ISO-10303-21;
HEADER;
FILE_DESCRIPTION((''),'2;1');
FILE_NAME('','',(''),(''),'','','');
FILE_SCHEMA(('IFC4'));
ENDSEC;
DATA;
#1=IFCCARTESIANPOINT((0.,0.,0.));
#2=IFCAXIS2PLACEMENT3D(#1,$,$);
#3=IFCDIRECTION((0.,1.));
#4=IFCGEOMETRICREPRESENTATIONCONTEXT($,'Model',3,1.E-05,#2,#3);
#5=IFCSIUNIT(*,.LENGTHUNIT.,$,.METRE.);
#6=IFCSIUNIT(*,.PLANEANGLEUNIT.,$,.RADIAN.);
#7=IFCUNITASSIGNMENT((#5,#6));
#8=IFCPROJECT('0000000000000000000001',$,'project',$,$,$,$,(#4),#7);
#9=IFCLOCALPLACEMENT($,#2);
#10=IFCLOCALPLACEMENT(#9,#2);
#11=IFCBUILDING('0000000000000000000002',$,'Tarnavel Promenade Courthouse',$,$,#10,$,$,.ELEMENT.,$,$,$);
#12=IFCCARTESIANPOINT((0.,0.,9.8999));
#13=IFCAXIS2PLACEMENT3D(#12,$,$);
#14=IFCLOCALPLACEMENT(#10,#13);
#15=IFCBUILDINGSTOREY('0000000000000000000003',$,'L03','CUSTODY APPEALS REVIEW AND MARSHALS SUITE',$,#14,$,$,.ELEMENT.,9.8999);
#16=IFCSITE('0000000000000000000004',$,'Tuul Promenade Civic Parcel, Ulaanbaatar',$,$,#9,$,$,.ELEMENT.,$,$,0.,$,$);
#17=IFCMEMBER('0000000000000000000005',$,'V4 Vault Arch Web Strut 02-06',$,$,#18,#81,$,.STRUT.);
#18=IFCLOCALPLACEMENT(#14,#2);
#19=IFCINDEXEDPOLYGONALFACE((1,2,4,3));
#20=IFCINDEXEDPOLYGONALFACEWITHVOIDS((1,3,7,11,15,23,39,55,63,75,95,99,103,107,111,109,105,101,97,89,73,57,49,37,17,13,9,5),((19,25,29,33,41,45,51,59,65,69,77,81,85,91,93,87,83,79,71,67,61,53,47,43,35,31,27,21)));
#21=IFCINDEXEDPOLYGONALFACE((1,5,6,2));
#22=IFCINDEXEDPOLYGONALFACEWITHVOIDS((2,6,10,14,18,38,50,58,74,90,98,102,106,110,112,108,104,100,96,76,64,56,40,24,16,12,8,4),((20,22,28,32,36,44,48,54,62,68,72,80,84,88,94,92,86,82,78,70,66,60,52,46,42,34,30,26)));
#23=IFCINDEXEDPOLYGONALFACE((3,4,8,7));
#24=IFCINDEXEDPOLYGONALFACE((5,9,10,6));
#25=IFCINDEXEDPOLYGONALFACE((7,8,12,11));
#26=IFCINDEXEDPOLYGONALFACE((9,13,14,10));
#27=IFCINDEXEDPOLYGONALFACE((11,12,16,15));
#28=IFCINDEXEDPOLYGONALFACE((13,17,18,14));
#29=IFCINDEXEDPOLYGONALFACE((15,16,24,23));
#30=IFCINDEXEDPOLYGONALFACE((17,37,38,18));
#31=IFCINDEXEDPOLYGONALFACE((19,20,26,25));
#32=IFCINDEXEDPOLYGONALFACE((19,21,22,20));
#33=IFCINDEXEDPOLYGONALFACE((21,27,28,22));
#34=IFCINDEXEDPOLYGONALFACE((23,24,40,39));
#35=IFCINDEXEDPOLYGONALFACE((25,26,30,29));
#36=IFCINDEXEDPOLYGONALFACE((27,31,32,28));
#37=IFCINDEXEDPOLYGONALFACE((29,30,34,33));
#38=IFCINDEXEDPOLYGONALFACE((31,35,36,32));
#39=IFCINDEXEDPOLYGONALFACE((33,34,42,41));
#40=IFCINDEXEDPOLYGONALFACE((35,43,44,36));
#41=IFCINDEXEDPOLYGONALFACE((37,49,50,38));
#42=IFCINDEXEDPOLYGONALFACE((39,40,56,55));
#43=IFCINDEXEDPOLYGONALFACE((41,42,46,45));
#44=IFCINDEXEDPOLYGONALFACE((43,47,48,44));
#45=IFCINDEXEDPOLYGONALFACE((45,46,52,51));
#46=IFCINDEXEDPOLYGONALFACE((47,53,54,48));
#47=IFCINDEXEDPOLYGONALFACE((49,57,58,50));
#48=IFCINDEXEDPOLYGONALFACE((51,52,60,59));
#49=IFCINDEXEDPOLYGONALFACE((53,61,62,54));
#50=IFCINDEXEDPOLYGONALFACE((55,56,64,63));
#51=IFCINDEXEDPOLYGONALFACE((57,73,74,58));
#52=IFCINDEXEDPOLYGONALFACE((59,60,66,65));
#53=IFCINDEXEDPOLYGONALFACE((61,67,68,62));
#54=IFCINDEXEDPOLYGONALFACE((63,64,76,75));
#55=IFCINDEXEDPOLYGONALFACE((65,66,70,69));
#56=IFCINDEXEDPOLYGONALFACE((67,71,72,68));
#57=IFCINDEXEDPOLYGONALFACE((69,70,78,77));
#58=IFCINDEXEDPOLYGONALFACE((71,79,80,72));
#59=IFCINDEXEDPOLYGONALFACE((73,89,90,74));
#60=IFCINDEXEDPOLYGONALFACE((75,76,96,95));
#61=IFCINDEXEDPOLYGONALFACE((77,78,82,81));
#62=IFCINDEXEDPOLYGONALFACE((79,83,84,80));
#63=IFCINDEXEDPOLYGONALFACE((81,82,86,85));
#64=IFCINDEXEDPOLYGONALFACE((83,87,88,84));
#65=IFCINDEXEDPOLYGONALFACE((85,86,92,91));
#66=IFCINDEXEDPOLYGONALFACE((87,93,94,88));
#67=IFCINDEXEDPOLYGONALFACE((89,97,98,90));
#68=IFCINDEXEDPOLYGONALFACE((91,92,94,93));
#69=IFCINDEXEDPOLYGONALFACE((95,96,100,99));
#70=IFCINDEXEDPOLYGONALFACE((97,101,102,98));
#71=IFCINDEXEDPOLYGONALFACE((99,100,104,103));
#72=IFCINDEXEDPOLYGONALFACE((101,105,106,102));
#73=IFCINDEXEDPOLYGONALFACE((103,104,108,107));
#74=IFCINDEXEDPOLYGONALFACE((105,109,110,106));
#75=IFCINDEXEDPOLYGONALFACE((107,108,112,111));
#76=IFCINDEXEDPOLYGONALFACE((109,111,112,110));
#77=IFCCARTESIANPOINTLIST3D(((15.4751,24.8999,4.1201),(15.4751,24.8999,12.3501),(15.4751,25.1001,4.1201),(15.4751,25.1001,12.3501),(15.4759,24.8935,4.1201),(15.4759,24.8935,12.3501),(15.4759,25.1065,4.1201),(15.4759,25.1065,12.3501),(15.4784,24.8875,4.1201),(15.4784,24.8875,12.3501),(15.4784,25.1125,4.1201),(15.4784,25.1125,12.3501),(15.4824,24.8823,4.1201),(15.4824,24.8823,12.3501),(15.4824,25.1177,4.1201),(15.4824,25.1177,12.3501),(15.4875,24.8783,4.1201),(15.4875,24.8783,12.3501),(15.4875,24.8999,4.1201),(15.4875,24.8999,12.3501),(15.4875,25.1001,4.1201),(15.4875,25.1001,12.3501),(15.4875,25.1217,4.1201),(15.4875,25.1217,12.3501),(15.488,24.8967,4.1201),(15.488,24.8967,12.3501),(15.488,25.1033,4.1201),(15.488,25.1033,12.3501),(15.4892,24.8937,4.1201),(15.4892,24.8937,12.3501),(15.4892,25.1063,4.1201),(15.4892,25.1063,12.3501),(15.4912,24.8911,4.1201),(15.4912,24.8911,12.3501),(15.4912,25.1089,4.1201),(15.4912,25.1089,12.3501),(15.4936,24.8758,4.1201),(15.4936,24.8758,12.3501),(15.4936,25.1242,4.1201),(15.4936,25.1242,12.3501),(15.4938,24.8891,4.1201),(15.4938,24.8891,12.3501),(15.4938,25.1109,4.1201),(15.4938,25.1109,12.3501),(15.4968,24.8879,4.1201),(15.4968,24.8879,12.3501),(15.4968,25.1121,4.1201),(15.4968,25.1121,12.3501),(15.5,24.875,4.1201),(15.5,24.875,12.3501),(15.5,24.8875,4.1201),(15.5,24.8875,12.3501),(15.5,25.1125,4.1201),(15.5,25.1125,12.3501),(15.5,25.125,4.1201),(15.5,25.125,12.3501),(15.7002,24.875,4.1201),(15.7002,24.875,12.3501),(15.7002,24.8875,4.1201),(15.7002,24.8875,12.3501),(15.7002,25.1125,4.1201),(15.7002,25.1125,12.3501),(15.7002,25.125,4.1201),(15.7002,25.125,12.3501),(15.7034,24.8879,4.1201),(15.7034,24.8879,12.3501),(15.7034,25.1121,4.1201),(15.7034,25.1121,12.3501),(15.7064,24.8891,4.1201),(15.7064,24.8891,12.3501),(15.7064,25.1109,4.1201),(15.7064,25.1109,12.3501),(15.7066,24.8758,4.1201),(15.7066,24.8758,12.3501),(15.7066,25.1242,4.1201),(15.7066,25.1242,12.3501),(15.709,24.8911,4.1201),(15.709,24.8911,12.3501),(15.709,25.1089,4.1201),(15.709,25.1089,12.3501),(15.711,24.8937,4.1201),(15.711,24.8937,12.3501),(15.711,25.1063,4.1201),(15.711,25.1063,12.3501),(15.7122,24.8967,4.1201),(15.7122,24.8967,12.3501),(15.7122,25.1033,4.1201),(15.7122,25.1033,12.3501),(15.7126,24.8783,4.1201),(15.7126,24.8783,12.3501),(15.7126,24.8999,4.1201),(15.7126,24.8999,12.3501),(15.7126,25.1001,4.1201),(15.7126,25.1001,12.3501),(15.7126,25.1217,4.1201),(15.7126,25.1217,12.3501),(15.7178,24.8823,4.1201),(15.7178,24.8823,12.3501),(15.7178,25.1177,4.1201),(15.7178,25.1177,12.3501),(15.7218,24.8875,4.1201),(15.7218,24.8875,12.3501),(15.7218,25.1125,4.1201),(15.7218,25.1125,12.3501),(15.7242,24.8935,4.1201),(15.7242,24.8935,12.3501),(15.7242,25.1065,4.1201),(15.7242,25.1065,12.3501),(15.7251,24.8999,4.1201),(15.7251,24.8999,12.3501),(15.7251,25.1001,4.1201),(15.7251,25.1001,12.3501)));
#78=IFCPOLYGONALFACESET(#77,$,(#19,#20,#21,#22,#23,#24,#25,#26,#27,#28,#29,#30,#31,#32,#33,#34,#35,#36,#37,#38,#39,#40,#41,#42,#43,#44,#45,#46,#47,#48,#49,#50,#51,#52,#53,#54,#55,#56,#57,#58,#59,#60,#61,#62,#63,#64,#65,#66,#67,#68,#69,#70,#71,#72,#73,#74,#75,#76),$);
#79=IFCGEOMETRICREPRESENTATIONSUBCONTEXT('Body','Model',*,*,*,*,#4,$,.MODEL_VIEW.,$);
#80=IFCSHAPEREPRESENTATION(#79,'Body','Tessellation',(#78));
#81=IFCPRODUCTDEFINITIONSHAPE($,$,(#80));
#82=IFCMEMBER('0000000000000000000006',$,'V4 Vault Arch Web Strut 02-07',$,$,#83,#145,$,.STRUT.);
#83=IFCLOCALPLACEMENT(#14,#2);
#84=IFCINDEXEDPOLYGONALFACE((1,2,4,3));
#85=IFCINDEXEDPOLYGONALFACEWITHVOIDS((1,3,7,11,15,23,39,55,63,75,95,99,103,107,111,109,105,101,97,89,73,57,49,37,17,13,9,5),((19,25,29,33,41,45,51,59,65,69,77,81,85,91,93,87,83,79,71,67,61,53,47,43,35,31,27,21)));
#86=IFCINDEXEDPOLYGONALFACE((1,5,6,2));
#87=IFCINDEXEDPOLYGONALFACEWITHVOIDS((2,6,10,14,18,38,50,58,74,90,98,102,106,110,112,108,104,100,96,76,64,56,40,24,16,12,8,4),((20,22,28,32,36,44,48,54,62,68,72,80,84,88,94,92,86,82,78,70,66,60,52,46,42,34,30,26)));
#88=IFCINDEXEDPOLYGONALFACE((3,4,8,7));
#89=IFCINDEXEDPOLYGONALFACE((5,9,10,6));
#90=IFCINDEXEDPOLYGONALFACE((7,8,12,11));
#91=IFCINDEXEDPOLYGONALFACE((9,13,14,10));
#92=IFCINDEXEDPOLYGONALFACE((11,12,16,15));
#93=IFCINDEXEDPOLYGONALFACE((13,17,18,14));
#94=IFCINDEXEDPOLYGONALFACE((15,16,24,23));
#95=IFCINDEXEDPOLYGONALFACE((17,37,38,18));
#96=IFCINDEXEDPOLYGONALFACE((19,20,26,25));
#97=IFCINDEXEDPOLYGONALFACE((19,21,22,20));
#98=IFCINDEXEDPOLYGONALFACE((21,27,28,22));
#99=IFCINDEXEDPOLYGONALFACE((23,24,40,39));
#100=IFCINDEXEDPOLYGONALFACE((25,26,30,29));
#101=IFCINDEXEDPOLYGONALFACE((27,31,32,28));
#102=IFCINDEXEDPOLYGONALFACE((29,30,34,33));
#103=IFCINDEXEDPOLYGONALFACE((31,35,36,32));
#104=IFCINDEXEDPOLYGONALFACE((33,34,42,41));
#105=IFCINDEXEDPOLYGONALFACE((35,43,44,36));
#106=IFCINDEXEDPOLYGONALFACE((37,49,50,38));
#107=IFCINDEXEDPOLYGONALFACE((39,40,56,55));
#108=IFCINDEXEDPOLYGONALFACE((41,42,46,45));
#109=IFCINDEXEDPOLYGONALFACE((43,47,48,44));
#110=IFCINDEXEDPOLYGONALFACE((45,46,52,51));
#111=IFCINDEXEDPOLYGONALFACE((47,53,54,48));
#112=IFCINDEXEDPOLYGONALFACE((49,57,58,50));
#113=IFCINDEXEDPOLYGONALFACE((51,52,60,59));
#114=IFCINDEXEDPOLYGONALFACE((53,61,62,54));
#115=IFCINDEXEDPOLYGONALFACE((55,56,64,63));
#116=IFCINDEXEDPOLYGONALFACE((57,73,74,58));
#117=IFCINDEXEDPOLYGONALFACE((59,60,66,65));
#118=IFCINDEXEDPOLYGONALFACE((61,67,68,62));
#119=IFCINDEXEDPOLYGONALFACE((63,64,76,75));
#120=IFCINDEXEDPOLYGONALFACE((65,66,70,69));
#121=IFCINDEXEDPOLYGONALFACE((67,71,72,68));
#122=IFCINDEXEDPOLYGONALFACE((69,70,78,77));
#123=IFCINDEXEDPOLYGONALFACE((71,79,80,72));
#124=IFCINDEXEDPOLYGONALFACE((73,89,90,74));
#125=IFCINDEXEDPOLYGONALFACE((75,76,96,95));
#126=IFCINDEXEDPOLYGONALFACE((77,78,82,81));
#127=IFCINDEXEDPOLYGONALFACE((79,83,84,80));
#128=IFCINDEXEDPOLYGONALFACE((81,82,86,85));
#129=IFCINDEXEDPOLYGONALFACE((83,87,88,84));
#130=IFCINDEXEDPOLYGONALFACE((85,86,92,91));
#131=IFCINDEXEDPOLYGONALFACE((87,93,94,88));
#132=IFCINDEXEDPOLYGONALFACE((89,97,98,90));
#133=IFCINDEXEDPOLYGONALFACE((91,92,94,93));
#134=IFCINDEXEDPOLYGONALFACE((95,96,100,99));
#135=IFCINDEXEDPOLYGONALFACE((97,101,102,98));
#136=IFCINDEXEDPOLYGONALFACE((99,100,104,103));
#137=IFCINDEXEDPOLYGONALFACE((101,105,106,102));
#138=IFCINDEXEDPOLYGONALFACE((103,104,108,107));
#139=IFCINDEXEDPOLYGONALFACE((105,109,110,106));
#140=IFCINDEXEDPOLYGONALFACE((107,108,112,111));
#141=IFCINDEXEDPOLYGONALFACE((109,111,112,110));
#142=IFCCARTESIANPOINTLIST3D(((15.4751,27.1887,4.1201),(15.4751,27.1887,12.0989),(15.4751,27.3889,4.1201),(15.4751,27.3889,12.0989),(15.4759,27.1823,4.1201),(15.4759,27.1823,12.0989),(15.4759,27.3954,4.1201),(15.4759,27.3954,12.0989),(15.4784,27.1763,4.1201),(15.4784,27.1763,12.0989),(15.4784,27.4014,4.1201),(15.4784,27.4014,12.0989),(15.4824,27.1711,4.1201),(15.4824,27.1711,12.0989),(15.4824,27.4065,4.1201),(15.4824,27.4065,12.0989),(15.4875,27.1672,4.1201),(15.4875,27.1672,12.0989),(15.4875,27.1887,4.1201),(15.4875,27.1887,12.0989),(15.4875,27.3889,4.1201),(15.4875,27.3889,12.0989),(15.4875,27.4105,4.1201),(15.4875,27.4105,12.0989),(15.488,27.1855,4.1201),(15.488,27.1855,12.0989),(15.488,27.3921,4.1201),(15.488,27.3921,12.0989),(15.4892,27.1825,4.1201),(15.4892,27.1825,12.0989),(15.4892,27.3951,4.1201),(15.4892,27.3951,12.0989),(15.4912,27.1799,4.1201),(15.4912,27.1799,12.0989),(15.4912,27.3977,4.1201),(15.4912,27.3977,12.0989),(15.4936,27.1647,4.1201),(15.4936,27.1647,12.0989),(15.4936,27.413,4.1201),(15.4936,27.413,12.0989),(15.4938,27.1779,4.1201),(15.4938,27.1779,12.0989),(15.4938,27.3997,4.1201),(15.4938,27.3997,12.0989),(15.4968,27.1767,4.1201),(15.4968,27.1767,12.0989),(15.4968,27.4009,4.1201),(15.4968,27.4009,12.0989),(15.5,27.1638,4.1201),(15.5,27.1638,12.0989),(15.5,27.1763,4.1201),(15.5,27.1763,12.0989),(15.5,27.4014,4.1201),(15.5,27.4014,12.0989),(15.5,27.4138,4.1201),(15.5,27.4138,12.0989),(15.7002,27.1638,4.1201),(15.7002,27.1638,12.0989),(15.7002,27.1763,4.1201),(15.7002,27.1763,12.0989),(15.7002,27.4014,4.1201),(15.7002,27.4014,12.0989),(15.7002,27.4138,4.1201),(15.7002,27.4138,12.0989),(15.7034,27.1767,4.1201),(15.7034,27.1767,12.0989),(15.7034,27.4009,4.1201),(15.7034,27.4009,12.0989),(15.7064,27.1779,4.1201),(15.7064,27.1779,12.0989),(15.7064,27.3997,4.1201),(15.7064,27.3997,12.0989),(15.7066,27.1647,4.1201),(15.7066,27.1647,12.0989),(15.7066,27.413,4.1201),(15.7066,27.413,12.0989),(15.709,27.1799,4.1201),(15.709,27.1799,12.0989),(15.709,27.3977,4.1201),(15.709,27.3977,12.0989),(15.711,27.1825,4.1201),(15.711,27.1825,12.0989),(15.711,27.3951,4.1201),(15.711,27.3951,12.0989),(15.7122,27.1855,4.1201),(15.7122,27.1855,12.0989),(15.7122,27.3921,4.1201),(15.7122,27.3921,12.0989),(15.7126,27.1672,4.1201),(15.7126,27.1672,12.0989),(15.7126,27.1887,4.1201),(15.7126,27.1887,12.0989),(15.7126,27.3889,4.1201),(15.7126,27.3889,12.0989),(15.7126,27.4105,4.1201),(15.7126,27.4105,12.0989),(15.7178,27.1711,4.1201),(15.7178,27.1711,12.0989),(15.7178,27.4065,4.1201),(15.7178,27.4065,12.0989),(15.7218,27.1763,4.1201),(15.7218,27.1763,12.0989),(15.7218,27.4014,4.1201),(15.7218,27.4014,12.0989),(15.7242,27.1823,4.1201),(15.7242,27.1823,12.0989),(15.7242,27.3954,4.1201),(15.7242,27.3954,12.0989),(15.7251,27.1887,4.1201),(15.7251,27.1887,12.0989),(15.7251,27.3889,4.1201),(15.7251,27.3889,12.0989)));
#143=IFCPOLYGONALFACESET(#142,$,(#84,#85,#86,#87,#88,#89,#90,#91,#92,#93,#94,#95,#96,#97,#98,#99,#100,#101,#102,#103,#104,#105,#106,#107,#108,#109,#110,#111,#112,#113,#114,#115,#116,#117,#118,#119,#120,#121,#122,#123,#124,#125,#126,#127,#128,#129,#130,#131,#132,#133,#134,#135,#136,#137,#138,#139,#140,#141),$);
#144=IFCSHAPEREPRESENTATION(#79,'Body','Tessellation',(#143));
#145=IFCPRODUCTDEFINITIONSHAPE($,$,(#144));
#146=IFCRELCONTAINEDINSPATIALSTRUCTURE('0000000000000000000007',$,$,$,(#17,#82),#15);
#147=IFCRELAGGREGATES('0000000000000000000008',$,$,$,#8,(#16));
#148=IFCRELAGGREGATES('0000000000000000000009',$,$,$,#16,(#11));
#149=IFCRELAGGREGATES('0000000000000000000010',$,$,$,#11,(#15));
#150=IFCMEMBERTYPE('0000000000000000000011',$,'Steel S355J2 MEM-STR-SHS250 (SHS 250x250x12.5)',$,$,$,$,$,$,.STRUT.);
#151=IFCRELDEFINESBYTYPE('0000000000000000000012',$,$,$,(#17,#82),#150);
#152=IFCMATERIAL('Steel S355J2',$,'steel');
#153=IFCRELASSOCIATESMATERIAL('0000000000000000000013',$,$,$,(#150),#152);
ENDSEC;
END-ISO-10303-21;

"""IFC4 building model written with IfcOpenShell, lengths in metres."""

from ifc_helpers import new_model, si_unit, direction, frame, origin, origin_2d, place, context, subcontext, project, spatial, hollow_rectangle, extrude, material, material_profile, profile_set, type_object, element, save


model = new_model("IFC4")

# Units and contexts
model_context = context("Model", 3, precision=1e-05, world=origin(), true_north=direction((0.0, 1.0)))
body_context = subcontext(model_context, "Body", "Model", "MODEL_VIEW")
ifc_project = project(units=[si_unit("LENGTHUNIT", "METRE"), si_unit("PLANEANGLEUNIT", "RADIAN")], contexts=[model_context])

# Site, building, storey
site_placement = place(None, origin())
site = spatial("IfcSite", under=ifc_project, at=site_placement, Name="Tuul Promenade Civic Parcel, Ulaanbaatar", CompositionType="ELEMENT", RefElevation=0.0)
building_placement = place(site_placement, origin())
building = spatial("IfcBuilding", under=site, at=building_placement, Name="Tarnavel Promenade Courthouse", CompositionType="ELEMENT")
storey_placement = place(building_placement, frame((0.0, 0.0, 9.8999)))
storey = spatial("IfcBuildingStorey", under=building, at=storey_placement, Name="L03", Description="CUSTODY APPEALS REVIEW AND MARSHALS SUITE", CompositionType="ELEMENT", Elevation=9.8999)

# Members
ifc_material_1 = material(Name="Steel S355J2", Category="steel")
ifc_material_profile = material_profile(ifc_material_1, hollow_rectangle(XDim=0.25, YDim=0.25, WallThickness=0.0125, InnerFilletRadius=0.0125, OuterFilletRadius=0.0249, at=origin_2d()), Name="SHS 250x250x12.5")
ifc_profile_set = profile_set([ifc_material_profile], Name="Steel S355J2")
member_type = type_object("IfcMemberType", Name="Steel S355J2 MEM-STR-SHS250 (SHS 250x250x12.5)", PredefinedType="STRUT", material=ifc_profile_set)
member_1_placement = place(storey_placement, frame((15.6001, 25.0, 4.1201), z_axis=(0.0, 0.0, 1.0), x_axis=(1.0, 0.0, 0.0)))
element("IfcMember", 1, at=member_1_placement, inside=storey, type_object=member_type, Name="V4 Vault Arch Web Strut 02-06", PredefinedType="STRUT", context=body_context, shape_type="SweptSolid", body=[
    extrude(hollow_rectangle(XDim=0.25, YDim=0.25, WallThickness=0.0125, InnerFilletRadius=0.0125, OuterFilletRadius=0.0249, at=origin_2d()), origin(), (0.0, 0.0, 1.0), 8.23),
])
member_2_placement = place(storey_placement, frame((15.6001, 27.2888, 4.1201), z_axis=(0.0, 0.0, 1.0), x_axis=(1.0, 0.0, 0.0)))
element("IfcMember", 2, at=member_2_placement, inside=storey, type_object=member_type, Name="V4 Vault Arch Web Strut 02-07", PredefinedType="STRUT", context=body_context, shape_type="SweptSolid", body=[
    extrude(hollow_rectangle(XDim=0.25, YDim=0.25, WallThickness=0.0125, InnerFilletRadius=0.0125, OuterFilletRadius=0.0249, at=origin_2d()), origin(), (0.0, 0.0, 1.0), 7.9788),
])

save(model, "model.ifc")
